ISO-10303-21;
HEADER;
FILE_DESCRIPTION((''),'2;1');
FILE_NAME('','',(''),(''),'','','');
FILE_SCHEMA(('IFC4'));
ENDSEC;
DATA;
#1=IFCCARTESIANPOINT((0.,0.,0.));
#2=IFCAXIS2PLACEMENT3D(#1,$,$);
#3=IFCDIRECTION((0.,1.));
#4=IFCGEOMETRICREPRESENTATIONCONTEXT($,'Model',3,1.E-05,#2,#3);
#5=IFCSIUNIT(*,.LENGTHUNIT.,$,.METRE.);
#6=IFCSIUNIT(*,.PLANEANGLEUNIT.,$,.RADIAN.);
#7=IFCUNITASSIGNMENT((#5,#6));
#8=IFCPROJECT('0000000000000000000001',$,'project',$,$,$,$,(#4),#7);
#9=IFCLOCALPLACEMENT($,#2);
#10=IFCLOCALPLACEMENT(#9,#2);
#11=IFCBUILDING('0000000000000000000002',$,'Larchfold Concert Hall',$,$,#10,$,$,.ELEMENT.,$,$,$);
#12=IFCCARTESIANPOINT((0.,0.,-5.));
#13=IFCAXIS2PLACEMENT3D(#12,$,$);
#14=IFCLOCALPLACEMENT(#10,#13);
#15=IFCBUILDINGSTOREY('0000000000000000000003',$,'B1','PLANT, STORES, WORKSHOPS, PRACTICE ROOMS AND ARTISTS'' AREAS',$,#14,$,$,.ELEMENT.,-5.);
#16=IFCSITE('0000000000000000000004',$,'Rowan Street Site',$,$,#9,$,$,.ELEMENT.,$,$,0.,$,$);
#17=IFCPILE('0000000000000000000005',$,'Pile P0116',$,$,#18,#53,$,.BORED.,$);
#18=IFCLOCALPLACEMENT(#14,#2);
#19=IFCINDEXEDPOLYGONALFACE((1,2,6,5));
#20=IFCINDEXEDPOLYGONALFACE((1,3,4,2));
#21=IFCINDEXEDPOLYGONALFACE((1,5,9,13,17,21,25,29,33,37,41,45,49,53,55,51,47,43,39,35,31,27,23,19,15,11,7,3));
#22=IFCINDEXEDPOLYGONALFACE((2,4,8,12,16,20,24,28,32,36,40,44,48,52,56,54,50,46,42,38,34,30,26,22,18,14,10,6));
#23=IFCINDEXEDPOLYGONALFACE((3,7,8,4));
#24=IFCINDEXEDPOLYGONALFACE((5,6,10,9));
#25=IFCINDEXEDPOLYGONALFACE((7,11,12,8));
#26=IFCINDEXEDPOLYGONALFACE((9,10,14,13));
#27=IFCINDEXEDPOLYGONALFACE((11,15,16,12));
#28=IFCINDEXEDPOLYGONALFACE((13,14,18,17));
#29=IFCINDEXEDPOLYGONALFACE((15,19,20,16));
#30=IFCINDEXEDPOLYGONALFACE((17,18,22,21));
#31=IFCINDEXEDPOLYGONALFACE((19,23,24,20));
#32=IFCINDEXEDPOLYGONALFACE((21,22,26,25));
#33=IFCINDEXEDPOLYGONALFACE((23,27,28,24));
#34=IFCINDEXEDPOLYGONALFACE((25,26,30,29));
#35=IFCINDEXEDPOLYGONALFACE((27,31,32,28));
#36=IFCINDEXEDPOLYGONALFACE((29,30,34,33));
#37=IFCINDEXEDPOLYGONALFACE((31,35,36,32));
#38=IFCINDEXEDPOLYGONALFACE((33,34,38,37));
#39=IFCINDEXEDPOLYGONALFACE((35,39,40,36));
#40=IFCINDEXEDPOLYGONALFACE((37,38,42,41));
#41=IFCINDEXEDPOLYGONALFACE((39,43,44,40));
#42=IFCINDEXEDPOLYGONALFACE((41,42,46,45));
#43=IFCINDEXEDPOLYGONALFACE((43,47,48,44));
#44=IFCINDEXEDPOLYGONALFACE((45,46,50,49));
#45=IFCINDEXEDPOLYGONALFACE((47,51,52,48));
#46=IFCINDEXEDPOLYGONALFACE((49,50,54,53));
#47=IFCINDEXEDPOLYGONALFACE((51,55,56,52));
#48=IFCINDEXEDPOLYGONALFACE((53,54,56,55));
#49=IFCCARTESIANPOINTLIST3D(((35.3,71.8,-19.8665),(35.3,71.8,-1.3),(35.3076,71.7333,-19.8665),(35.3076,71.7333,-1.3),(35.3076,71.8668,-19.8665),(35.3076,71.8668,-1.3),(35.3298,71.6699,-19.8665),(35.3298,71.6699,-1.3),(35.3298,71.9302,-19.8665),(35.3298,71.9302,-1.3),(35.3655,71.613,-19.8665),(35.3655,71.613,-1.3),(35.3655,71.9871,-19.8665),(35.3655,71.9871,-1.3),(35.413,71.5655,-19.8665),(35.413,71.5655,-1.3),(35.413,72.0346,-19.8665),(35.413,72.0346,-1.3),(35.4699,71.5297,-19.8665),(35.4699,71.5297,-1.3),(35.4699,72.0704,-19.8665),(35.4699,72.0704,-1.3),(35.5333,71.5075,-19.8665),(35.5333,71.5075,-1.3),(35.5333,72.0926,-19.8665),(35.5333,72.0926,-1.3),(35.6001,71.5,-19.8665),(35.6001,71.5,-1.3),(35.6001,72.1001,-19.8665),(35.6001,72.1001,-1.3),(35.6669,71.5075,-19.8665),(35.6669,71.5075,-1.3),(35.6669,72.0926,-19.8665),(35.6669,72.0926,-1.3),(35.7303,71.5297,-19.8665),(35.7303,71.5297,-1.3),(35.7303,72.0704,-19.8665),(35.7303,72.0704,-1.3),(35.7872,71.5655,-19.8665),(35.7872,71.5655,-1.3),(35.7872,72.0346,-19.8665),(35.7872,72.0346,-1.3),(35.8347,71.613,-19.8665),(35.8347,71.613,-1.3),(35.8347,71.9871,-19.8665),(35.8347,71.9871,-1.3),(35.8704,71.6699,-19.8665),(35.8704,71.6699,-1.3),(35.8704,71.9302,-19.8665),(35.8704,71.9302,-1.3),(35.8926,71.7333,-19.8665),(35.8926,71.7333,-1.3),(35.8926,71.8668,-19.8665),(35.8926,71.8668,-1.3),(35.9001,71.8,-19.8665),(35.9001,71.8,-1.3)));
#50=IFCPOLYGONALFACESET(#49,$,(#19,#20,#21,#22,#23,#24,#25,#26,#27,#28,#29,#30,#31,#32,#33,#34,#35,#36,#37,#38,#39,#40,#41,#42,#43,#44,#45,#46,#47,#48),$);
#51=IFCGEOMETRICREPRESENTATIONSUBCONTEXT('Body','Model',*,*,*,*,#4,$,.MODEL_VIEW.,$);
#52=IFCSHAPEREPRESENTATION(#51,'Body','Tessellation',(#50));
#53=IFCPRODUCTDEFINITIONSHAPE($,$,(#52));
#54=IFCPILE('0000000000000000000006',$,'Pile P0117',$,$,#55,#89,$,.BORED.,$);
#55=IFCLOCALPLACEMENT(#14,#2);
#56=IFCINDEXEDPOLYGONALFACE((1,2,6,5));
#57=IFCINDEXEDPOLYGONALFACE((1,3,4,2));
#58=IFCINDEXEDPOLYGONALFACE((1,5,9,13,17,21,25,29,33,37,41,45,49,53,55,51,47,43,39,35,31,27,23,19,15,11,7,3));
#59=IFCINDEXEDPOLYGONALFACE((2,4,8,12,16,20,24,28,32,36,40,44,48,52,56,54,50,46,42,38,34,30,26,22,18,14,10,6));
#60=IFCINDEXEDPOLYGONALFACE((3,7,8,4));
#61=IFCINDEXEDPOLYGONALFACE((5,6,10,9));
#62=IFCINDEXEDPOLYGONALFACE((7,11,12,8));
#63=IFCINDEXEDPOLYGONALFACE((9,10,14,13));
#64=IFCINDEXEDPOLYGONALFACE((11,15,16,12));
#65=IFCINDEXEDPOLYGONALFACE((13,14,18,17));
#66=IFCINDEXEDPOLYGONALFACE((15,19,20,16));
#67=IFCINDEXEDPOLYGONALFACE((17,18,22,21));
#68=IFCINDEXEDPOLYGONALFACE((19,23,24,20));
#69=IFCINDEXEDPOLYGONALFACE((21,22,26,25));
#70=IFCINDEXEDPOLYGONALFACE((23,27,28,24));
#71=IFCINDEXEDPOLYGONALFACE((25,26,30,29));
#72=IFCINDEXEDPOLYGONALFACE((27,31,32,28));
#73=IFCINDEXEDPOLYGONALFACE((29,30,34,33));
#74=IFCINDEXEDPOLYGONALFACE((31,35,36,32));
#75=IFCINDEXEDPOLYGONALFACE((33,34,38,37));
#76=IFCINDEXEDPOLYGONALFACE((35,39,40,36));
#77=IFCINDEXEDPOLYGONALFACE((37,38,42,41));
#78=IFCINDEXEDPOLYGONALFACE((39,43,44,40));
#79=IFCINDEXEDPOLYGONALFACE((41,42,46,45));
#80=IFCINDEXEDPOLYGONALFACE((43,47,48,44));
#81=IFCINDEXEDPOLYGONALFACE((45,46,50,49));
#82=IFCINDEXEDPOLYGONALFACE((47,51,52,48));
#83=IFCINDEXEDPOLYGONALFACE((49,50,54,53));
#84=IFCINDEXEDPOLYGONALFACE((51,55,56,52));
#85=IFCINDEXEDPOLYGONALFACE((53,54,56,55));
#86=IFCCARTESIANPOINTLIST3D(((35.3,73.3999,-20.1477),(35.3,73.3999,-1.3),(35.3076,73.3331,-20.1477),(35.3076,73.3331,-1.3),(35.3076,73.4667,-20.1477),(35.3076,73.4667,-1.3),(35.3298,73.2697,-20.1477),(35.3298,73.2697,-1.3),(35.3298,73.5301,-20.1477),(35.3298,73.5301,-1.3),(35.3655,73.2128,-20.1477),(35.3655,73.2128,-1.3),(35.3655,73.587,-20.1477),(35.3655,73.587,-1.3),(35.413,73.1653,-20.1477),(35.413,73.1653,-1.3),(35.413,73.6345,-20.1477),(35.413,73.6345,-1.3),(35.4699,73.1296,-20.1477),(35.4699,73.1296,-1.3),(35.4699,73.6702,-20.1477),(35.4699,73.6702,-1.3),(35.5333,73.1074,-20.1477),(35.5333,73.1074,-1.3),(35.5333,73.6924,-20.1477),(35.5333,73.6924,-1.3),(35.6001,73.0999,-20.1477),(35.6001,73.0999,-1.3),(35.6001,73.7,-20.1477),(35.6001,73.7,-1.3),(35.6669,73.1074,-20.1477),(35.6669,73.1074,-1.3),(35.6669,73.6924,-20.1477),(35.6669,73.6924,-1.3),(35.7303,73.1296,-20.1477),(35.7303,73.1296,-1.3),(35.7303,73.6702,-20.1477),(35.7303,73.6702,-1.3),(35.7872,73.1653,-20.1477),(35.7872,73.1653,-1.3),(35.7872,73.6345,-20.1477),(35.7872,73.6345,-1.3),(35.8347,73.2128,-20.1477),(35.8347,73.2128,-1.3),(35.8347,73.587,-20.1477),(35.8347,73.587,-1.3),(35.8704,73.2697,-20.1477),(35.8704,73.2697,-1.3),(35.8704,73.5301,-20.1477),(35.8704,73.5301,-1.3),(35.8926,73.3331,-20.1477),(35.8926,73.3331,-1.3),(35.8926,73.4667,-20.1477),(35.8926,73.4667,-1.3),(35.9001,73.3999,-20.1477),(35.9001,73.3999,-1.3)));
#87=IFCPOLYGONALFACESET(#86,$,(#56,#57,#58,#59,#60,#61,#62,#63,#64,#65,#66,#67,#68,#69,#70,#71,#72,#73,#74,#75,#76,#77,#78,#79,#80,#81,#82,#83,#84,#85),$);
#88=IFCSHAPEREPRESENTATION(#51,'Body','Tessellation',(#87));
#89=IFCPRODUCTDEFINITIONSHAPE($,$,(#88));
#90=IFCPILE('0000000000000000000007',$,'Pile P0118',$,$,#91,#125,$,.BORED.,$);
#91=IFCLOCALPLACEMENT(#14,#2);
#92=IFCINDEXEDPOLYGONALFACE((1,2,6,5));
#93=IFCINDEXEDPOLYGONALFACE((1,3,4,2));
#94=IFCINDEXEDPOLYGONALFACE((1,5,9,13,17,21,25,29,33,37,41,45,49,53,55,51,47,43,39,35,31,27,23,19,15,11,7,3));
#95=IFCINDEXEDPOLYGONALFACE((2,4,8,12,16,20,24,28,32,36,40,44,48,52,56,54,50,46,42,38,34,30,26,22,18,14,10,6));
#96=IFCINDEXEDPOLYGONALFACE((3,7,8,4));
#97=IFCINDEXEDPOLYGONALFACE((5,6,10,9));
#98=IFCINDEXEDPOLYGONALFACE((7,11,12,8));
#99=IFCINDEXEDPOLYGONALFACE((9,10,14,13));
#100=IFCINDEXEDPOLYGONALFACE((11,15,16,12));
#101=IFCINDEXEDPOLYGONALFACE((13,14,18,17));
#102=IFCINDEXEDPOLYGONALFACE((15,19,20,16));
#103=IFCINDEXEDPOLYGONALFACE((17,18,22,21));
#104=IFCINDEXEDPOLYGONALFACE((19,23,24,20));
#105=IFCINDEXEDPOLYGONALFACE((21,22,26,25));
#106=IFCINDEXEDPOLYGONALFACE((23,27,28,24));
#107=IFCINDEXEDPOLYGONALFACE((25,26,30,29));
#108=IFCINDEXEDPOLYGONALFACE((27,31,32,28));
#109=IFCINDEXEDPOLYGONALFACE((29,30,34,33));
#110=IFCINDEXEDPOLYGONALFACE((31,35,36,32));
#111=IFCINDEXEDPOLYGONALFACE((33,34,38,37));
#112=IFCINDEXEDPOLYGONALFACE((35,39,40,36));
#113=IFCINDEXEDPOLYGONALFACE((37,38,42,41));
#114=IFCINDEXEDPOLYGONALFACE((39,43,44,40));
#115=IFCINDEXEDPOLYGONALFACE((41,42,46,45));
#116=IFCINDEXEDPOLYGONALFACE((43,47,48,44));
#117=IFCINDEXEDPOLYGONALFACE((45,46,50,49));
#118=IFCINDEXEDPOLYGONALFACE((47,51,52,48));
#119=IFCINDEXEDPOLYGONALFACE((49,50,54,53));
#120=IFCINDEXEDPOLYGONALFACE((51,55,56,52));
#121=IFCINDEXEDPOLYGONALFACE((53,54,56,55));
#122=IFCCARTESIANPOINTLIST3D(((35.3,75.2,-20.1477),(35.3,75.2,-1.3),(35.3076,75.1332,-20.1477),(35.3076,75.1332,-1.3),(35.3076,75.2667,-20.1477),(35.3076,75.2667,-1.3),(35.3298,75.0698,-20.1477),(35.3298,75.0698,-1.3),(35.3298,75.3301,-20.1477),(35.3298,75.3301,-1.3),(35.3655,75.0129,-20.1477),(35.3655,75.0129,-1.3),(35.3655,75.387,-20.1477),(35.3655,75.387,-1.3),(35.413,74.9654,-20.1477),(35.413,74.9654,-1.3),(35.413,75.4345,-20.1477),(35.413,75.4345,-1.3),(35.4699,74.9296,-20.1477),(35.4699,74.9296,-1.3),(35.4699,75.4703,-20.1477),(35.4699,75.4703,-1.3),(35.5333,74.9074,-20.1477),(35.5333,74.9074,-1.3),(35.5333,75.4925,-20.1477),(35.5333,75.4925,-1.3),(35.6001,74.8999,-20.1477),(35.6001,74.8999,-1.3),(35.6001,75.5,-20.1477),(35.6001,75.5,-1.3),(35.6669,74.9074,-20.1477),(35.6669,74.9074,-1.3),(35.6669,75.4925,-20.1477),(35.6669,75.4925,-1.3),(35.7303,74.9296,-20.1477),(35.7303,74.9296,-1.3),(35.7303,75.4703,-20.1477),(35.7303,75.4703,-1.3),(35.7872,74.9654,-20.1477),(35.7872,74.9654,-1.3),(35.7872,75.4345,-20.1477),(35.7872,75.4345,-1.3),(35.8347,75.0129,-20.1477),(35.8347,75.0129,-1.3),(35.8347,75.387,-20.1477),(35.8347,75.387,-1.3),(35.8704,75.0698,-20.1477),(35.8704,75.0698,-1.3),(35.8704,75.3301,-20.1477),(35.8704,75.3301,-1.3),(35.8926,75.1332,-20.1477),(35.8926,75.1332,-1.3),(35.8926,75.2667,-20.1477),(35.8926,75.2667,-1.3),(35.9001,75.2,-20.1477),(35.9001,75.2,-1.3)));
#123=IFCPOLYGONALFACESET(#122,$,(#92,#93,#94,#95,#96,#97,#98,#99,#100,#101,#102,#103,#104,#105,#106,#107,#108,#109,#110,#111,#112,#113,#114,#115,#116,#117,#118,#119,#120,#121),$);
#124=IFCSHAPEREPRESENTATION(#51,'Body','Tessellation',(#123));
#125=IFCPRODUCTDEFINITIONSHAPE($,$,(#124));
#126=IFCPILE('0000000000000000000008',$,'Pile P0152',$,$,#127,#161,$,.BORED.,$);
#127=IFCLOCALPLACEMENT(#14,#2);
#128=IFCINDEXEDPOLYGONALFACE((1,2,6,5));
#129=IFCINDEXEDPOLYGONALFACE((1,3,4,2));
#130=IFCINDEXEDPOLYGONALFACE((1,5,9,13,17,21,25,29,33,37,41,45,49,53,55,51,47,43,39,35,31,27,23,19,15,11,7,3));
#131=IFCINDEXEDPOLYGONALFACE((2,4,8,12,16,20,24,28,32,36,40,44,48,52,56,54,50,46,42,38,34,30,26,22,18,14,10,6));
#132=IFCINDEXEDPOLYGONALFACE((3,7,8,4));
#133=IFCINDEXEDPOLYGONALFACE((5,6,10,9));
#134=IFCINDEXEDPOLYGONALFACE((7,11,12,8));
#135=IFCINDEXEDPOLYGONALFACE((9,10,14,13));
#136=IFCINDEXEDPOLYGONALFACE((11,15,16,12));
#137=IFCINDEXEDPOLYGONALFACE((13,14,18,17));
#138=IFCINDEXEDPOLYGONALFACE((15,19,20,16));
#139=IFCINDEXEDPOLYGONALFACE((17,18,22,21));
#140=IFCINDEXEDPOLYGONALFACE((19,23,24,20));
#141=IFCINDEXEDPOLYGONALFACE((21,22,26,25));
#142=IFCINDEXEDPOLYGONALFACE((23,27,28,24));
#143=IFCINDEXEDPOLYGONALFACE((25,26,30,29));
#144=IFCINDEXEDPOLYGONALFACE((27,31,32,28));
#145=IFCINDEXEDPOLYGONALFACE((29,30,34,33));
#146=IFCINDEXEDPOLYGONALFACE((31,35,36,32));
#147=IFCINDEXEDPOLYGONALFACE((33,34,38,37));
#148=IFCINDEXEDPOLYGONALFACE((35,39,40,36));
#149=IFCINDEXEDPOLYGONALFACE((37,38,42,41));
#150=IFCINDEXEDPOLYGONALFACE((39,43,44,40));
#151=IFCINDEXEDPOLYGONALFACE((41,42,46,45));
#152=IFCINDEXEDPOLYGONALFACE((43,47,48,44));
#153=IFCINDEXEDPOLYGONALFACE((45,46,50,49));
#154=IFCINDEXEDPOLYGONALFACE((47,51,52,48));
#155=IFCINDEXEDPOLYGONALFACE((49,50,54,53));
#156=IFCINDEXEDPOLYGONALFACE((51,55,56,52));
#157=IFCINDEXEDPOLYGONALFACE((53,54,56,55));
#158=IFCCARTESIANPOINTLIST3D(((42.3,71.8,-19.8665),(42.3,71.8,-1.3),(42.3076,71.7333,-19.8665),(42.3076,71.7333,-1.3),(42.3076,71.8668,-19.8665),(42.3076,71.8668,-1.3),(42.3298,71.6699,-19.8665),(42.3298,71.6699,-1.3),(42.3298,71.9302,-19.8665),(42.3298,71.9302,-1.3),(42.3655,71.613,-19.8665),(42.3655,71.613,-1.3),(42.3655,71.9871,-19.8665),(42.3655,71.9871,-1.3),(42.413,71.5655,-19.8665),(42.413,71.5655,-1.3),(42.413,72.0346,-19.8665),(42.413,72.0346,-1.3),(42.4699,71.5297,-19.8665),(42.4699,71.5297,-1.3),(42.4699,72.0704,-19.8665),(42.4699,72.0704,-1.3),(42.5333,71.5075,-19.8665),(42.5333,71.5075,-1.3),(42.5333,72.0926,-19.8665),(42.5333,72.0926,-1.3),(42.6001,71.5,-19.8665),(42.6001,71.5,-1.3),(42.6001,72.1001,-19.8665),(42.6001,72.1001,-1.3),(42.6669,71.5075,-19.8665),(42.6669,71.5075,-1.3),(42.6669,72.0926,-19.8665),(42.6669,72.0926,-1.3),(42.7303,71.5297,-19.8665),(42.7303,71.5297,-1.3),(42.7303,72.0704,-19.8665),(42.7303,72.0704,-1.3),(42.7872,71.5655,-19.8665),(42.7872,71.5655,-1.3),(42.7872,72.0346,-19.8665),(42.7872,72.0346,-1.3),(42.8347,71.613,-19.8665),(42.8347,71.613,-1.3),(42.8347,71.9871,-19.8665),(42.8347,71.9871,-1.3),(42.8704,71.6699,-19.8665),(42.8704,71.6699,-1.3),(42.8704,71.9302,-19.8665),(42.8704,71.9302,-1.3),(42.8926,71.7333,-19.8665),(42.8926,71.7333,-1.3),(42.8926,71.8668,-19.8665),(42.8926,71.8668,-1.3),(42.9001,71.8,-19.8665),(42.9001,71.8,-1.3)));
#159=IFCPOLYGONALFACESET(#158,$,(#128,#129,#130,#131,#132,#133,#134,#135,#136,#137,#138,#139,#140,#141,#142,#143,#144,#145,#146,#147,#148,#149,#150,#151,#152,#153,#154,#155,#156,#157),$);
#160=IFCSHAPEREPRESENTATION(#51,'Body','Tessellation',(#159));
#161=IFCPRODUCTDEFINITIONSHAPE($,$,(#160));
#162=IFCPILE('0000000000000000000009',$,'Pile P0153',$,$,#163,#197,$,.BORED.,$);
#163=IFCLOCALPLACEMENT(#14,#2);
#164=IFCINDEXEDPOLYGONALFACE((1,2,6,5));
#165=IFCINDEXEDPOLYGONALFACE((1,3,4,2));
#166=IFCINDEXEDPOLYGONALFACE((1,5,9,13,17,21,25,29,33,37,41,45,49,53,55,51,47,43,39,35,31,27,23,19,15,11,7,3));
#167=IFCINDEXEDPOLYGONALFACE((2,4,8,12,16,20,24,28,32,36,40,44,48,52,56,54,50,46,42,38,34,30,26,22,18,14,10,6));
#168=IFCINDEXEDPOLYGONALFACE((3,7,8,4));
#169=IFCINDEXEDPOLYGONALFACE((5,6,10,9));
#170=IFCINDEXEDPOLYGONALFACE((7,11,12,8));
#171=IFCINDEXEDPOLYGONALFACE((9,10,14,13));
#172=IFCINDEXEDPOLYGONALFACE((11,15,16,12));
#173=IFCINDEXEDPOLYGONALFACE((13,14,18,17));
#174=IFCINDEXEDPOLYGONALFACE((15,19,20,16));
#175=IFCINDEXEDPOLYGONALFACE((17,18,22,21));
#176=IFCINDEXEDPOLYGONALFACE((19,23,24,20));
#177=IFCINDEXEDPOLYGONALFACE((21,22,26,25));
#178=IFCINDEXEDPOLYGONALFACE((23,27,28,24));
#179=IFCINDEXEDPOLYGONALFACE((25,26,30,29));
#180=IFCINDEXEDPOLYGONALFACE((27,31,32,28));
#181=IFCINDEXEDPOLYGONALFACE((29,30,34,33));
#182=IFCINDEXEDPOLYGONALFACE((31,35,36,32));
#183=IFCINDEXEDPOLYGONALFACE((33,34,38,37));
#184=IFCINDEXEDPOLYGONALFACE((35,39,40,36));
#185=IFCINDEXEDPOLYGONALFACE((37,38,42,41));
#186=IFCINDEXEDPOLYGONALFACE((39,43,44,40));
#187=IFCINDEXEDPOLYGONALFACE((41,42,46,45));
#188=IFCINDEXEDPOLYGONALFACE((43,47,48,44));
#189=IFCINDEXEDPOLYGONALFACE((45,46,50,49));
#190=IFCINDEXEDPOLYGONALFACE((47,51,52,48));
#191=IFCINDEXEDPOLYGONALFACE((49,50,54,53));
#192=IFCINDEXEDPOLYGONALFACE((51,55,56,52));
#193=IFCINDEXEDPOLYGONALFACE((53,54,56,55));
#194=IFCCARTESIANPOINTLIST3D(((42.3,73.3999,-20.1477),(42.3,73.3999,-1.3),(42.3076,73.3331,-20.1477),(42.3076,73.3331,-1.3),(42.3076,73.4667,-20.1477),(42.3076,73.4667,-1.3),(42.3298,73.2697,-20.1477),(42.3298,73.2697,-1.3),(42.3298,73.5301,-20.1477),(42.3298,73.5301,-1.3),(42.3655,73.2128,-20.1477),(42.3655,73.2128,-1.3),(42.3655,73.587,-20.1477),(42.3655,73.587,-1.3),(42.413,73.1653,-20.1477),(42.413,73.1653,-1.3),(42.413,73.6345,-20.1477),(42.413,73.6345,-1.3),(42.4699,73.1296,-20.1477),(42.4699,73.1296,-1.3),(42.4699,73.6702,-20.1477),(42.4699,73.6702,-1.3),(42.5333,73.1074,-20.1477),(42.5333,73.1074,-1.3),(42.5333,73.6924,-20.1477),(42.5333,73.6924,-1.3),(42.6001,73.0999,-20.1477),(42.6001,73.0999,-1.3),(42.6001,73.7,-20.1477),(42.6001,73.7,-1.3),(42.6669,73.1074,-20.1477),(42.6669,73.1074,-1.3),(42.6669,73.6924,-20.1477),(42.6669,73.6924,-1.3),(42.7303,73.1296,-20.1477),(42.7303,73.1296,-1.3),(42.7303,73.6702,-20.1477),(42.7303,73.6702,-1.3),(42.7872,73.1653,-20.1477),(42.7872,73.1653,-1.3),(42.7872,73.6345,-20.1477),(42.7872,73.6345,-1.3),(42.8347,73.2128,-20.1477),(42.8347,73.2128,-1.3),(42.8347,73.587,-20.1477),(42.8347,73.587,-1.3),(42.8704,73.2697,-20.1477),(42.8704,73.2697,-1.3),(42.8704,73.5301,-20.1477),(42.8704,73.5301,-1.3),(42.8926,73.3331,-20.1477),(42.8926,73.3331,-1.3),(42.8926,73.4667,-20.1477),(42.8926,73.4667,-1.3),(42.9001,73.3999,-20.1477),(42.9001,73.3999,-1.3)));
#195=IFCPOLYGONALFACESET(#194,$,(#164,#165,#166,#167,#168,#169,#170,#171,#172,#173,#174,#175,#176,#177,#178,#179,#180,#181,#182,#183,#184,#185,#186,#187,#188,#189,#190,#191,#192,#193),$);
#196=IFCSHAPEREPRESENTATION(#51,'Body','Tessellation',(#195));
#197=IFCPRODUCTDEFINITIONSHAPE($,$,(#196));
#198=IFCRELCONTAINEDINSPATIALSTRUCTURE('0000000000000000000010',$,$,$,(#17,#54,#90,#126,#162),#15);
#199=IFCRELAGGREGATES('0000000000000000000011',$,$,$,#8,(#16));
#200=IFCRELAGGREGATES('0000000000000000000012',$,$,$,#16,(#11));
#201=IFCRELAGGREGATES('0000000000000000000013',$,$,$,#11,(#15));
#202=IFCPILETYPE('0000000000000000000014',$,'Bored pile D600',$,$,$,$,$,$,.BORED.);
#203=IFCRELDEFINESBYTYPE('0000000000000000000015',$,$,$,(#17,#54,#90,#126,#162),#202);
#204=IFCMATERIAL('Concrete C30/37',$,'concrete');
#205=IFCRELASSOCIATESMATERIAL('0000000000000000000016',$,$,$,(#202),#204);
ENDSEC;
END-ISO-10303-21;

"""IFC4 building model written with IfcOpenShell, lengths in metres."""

from ifc_helpers import new_model, si_unit, direction, frame, origin, origin_2d, place, context, subcontext, project, spatial, circle, extrude, material, material_profile, profile_set, type_object, element, save


model = new_model("IFC4")

# Units and contexts
model_context = context("Model", 3, precision=1e-05, world=origin(), true_north=direction((0.0, 1.0)))
body_context = subcontext(model_context, "Body", "Model", "MODEL_VIEW")
ifc_project = project(units=[si_unit("LENGTHUNIT", "METRE"), si_unit("PLANEANGLEUNIT", "RADIAN")], contexts=[model_context])

# Site, building, storey
site_placement = place(None, origin())
site = spatial("IfcSite", under=ifc_project, at=site_placement, Name="Rowan Street Site", CompositionType="ELEMENT", RefElevation=0.0)
building_placement = place(site_placement, origin())
building = spatial("IfcBuilding", under=site, at=building_placement, Name="Larchfold Concert Hall", CompositionType="ELEMENT")
storey_placement = place(building_placement, frame((0.0, 0.0, -5.0)))
storey = spatial("IfcBuildingStorey", under=building, at=storey_placement, Name="B1", Description="PLANT, STORES, WORKSHOPS, PRACTICE ROOMS AND ARTISTS' AREAS", CompositionType="ELEMENT", Elevation=-5.0)

# Piles
ifc_material_1 = material(Name="Concrete C30/37", Category="concrete")
ifc_material_profile_1 = material_profile(ifc_material_1, circle(Radius=0.3, at=origin_2d()))
ifc_profile_set_1 = profile_set([ifc_material_profile_1], Name="Concrete C30/37")
pile_type = type_object("IfcPileType", Name="Bored pile D600", PredefinedType="BORED", material=ifc_profile_set_1)
pile_1_placement = place(storey_placement, frame((35.6001, 71.8, -1.3), z_axis=(0.0, 0.0, -1.0), x_axis=(1.0, 0.0, 0.0)))
element("IfcPile", 1, at=pile_1_placement, inside=storey, type_object=pile_type, Name="Pile P0116", PredefinedType="BORED", context=body_context, shape_type="SweptSolid", body=[
    extrude(circle(Radius=0.3, at=origin_2d()), origin(), (0.0, 0.0, 1.0), 18.5664),
])
for number, where, z_axis, x_axis, name in (
    (2, (35.6001, 73.3999, -1.3), (0.0, 0.0, -1.0), (1.0, 0.0, 0.0), "Pile P0117"),
    (3, (35.6001, 75.2, -1.3), (0.0, 0.0, -1.0), (1.0, 0.0, 0.0), "Pile P0118"),
):
    element("IfcPile", number, at=place(storey_placement, frame(where, z_axis=z_axis, x_axis=x_axis)), inside=storey, type_object=pile_type, Name=name, PredefinedType="BORED", context=body_context, shape_type="SweptSolid", body=[
        extrude(circle(Radius=0.3, at=origin_2d()), origin(), (0.0, 0.0, 1.0), 18.8477),
    ])
pile_2_placement = place(storey_placement, frame((42.6001, 71.8, -1.3), z_axis=(0.0, 0.0, -1.0), x_axis=(1.0, 0.0, 0.0)))
element("IfcPile", 4, at=pile_2_placement, inside=storey, type_object=pile_type, Name="Pile P0152", PredefinedType="BORED", context=body_context, shape_type="SweptSolid", body=[
    extrude(circle(Radius=0.3, at=origin_2d()), origin(), (0.0, 0.0, 1.0), 18.5664),
])
for number, where, z_axis, x_axis, name in (
    (5, (42.6001, 73.3999, -1.3), (0.0, 0.0, -1.0), (1.0, 0.0, 0.0), "Pile P0153"),
):
    element("IfcPile", number, at=place(storey_placement, frame(where, z_axis=z_axis, x_axis=x_axis)), inside=storey, type_object=pile_type, Name=name, PredefinedType="BORED", context=body_context, shape_type="SweptSolid", body=[
        extrude(circle(Radius=0.3, at=origin_2d()), origin(), (0.0, 0.0, 1.0), 18.8477),
    ])

save(model, "model.ifc")
